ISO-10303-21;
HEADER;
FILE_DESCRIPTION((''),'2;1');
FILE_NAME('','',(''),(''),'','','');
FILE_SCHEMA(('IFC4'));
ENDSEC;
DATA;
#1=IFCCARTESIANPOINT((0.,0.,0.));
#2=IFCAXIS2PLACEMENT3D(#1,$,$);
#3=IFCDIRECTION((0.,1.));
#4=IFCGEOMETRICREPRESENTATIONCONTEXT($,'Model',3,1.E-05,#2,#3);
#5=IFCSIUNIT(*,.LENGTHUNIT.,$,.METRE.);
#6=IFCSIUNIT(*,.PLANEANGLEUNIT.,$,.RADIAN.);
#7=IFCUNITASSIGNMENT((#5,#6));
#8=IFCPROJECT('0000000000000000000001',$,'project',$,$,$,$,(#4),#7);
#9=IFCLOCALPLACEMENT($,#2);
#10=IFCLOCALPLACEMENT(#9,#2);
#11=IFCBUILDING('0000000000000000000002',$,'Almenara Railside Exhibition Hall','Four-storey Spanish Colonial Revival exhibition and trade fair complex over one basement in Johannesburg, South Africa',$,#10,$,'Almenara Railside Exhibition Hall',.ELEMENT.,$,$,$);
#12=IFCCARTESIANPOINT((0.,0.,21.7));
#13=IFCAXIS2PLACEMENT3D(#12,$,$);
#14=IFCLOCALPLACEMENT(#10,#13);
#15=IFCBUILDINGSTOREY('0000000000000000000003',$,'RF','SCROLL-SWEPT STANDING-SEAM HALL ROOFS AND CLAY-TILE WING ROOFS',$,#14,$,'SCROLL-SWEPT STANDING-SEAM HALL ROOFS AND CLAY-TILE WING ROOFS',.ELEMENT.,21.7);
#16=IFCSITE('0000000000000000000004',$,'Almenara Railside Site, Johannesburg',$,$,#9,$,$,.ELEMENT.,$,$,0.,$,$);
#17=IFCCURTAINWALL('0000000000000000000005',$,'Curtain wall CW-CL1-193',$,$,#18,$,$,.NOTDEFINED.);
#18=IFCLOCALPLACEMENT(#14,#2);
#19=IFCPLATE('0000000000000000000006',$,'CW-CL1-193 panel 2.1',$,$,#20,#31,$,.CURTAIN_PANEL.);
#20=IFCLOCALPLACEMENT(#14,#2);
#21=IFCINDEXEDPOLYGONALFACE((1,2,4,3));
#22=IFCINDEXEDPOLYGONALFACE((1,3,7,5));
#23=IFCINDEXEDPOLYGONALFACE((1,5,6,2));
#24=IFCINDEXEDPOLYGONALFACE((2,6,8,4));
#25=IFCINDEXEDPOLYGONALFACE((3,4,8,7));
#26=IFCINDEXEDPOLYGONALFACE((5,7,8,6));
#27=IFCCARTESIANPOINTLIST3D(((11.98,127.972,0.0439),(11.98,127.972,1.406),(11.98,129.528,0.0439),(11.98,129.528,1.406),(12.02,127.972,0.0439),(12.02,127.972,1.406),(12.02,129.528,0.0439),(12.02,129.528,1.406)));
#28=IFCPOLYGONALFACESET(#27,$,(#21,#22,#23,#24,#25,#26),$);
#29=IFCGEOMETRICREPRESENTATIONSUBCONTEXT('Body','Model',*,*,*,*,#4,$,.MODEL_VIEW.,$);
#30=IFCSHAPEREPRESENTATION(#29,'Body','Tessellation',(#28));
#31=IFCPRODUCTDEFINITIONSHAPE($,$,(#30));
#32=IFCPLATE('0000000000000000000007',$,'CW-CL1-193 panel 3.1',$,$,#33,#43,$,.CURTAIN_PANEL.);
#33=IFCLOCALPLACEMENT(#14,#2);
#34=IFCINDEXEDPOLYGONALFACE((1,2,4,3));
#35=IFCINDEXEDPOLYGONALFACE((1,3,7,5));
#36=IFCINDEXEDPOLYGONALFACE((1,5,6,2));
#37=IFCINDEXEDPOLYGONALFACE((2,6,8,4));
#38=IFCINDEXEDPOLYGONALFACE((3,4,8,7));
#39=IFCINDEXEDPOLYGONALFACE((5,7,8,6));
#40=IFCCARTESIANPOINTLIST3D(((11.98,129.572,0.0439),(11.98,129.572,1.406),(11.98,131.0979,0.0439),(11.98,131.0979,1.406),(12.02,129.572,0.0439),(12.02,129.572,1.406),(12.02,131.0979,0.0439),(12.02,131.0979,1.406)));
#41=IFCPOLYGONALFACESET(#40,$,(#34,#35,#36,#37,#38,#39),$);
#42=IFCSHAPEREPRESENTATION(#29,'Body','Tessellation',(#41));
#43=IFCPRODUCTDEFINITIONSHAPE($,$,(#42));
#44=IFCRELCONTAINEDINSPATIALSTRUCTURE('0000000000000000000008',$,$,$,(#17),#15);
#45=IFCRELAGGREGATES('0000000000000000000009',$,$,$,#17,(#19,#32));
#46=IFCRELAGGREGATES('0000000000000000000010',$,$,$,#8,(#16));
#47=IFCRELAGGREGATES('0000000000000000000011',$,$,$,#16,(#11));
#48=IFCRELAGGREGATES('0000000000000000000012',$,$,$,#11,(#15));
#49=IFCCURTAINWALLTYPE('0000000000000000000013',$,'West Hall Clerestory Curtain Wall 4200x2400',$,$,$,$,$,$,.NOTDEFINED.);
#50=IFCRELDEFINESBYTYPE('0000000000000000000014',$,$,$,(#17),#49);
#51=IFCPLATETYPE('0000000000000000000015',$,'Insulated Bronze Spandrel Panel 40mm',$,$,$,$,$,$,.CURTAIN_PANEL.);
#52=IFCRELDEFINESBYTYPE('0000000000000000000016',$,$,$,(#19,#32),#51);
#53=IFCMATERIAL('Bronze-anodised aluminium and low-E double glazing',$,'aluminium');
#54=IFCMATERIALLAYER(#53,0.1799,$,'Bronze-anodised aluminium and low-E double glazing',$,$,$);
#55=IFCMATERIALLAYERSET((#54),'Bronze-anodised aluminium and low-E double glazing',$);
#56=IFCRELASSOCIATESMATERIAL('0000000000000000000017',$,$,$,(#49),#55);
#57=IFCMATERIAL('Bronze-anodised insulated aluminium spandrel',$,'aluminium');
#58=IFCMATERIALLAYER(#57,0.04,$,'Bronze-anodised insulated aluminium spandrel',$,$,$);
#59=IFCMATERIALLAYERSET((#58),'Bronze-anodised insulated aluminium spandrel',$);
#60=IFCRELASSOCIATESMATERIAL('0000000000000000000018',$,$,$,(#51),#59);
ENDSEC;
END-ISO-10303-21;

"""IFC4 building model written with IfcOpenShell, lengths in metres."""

from ifc_helpers import new_model, si_unit, direction, frame, origin, origin_2d, place, context, subcontext, project, spatial, rectangle, extrude, material, layer, layer_set, type_object, element, aggregate, save


model = new_model("IFC4")

# Units and contexts
model_context = context("Model", 3, precision=1e-05, world=origin(), true_north=direction((0.0, 1.0)))
body_context = subcontext(model_context, "Body", "Model", "MODEL_VIEW")
ifc_project = project(units=[si_unit("LENGTHUNIT", "METRE"), si_unit("PLANEANGLEUNIT", "RADIAN")], contexts=[model_context])

# Site, building, storey
site_placement = place(None, origin())
site = spatial("IfcSite", under=ifc_project, at=site_placement, Name="Almenara Railside Site, Johannesburg", CompositionType="ELEMENT", RefElevation=0.0)
building_placement = place(site_placement, origin())
building = spatial("IfcBuilding", under=site, at=building_placement, Name="Almenara Railside Exhibition Hall", Description="Four-storey Spanish Colonial Revival exhibition and trade fair complex over one basement in Johannesburg, South Africa", LongName="Almenara Railside Exhibition Hall", CompositionType="ELEMENT")
storey_placement = place(building_placement, frame((0.0, 0.0, 21.7)))
storey = spatial("IfcBuildingStorey", under=building, at=storey_placement, Name="RF", Description="SCROLL-SWEPT STANDING-SEAM HALL ROOFS AND CLAY-TILE WING ROOFS", LongName="SCROLL-SWEPT STANDING-SEAM HALL ROOFS AND CLAY-TILE WING ROOFS", CompositionType="ELEMENT", Elevation=21.7)

# Curtain wall
ifc_material_1 = material(Name="Bronze-anodised aluminium and low-E double glazing", Category="aluminium")
ifc_layer_1 = layer(ifc_material_1, 0.1799, Name="Bronze-anodised aluminium and low-E double glazing")
ifc_layer_set_1 = layer_set([ifc_layer_1], Name="Bronze-anodised aluminium and low-E double glazing")
curtain_wall_type_1 = type_object("IfcCurtainWallType", Name="West Hall Clerestory Curtain Wall 4200x2400", PredefinedType="NOTDEFINED", material=ifc_layer_set_1)
curtain_wall_1_placement = place(storey_placement, origin())
curtain_wall_1 = element("IfcCurtainWall", 1, at=curtain_wall_1_placement, inside=storey, type_object=curtain_wall_type_1, Name="Curtain wall CW-CL1-193", PredefinedType="NOTDEFINED")

# Plates
ifc_material_2 = material(Name="Bronze-anodised insulated aluminium spandrel", Category="aluminium")
ifc_layer_2 = layer(ifc_material_2, 0.04, Name="Bronze-anodised insulated aluminium spandrel")
ifc_layer_set_2 = layer_set([ifc_layer_2], Name="Bronze-anodised insulated aluminium spandrel")
plate_type_1 = type_object("IfcPlateType", Name="Insulated Bronze Spandrel Panel 40mm", PredefinedType="CURTAIN_PANEL", material=ifc_layer_set_2)
plate_1_placement = place(storey_placement, frame((12.0, 128.75, 0.0439), z_axis=(0.0, 0.0, 1.0), x_axis=(0.0, 1.0, 0.0)))
plate_1 = element("IfcPlate", 2, at=plate_1_placement, type_object=plate_type_1, Name="CW-CL1-193 panel 2.1", PredefinedType="CURTAIN_PANEL", context=body_context, shape_type="SweptSolid", body=[
    extrude(rectangle(XDim=1.5559, YDim=0.04, at=origin_2d()), origin(), (0.0, 0.0, 1.0), 1.3621),
])
plate_2_placement = place(storey_placement, frame((12.0, 130.335, 0.0439), z_axis=(0.0, 0.0, 1.0), x_axis=(0.0, 1.0, 0.0)))
plate_2 = element("IfcPlate", 3, at=plate_2_placement, type_object=plate_type_1, Name="CW-CL1-193 panel 3.1", PredefinedType="CURTAIN_PANEL", context=body_context, shape_type="SweptSolid", body=[
    extrude(rectangle(XDim=1.5259, YDim=0.04, at=origin_2d()), origin(), (0.0, 0.0, 1.0), 1.3621),
])
aggregate(curtain_wall_1, [plate_1, plate_2])

save(model, "model.ifc")
